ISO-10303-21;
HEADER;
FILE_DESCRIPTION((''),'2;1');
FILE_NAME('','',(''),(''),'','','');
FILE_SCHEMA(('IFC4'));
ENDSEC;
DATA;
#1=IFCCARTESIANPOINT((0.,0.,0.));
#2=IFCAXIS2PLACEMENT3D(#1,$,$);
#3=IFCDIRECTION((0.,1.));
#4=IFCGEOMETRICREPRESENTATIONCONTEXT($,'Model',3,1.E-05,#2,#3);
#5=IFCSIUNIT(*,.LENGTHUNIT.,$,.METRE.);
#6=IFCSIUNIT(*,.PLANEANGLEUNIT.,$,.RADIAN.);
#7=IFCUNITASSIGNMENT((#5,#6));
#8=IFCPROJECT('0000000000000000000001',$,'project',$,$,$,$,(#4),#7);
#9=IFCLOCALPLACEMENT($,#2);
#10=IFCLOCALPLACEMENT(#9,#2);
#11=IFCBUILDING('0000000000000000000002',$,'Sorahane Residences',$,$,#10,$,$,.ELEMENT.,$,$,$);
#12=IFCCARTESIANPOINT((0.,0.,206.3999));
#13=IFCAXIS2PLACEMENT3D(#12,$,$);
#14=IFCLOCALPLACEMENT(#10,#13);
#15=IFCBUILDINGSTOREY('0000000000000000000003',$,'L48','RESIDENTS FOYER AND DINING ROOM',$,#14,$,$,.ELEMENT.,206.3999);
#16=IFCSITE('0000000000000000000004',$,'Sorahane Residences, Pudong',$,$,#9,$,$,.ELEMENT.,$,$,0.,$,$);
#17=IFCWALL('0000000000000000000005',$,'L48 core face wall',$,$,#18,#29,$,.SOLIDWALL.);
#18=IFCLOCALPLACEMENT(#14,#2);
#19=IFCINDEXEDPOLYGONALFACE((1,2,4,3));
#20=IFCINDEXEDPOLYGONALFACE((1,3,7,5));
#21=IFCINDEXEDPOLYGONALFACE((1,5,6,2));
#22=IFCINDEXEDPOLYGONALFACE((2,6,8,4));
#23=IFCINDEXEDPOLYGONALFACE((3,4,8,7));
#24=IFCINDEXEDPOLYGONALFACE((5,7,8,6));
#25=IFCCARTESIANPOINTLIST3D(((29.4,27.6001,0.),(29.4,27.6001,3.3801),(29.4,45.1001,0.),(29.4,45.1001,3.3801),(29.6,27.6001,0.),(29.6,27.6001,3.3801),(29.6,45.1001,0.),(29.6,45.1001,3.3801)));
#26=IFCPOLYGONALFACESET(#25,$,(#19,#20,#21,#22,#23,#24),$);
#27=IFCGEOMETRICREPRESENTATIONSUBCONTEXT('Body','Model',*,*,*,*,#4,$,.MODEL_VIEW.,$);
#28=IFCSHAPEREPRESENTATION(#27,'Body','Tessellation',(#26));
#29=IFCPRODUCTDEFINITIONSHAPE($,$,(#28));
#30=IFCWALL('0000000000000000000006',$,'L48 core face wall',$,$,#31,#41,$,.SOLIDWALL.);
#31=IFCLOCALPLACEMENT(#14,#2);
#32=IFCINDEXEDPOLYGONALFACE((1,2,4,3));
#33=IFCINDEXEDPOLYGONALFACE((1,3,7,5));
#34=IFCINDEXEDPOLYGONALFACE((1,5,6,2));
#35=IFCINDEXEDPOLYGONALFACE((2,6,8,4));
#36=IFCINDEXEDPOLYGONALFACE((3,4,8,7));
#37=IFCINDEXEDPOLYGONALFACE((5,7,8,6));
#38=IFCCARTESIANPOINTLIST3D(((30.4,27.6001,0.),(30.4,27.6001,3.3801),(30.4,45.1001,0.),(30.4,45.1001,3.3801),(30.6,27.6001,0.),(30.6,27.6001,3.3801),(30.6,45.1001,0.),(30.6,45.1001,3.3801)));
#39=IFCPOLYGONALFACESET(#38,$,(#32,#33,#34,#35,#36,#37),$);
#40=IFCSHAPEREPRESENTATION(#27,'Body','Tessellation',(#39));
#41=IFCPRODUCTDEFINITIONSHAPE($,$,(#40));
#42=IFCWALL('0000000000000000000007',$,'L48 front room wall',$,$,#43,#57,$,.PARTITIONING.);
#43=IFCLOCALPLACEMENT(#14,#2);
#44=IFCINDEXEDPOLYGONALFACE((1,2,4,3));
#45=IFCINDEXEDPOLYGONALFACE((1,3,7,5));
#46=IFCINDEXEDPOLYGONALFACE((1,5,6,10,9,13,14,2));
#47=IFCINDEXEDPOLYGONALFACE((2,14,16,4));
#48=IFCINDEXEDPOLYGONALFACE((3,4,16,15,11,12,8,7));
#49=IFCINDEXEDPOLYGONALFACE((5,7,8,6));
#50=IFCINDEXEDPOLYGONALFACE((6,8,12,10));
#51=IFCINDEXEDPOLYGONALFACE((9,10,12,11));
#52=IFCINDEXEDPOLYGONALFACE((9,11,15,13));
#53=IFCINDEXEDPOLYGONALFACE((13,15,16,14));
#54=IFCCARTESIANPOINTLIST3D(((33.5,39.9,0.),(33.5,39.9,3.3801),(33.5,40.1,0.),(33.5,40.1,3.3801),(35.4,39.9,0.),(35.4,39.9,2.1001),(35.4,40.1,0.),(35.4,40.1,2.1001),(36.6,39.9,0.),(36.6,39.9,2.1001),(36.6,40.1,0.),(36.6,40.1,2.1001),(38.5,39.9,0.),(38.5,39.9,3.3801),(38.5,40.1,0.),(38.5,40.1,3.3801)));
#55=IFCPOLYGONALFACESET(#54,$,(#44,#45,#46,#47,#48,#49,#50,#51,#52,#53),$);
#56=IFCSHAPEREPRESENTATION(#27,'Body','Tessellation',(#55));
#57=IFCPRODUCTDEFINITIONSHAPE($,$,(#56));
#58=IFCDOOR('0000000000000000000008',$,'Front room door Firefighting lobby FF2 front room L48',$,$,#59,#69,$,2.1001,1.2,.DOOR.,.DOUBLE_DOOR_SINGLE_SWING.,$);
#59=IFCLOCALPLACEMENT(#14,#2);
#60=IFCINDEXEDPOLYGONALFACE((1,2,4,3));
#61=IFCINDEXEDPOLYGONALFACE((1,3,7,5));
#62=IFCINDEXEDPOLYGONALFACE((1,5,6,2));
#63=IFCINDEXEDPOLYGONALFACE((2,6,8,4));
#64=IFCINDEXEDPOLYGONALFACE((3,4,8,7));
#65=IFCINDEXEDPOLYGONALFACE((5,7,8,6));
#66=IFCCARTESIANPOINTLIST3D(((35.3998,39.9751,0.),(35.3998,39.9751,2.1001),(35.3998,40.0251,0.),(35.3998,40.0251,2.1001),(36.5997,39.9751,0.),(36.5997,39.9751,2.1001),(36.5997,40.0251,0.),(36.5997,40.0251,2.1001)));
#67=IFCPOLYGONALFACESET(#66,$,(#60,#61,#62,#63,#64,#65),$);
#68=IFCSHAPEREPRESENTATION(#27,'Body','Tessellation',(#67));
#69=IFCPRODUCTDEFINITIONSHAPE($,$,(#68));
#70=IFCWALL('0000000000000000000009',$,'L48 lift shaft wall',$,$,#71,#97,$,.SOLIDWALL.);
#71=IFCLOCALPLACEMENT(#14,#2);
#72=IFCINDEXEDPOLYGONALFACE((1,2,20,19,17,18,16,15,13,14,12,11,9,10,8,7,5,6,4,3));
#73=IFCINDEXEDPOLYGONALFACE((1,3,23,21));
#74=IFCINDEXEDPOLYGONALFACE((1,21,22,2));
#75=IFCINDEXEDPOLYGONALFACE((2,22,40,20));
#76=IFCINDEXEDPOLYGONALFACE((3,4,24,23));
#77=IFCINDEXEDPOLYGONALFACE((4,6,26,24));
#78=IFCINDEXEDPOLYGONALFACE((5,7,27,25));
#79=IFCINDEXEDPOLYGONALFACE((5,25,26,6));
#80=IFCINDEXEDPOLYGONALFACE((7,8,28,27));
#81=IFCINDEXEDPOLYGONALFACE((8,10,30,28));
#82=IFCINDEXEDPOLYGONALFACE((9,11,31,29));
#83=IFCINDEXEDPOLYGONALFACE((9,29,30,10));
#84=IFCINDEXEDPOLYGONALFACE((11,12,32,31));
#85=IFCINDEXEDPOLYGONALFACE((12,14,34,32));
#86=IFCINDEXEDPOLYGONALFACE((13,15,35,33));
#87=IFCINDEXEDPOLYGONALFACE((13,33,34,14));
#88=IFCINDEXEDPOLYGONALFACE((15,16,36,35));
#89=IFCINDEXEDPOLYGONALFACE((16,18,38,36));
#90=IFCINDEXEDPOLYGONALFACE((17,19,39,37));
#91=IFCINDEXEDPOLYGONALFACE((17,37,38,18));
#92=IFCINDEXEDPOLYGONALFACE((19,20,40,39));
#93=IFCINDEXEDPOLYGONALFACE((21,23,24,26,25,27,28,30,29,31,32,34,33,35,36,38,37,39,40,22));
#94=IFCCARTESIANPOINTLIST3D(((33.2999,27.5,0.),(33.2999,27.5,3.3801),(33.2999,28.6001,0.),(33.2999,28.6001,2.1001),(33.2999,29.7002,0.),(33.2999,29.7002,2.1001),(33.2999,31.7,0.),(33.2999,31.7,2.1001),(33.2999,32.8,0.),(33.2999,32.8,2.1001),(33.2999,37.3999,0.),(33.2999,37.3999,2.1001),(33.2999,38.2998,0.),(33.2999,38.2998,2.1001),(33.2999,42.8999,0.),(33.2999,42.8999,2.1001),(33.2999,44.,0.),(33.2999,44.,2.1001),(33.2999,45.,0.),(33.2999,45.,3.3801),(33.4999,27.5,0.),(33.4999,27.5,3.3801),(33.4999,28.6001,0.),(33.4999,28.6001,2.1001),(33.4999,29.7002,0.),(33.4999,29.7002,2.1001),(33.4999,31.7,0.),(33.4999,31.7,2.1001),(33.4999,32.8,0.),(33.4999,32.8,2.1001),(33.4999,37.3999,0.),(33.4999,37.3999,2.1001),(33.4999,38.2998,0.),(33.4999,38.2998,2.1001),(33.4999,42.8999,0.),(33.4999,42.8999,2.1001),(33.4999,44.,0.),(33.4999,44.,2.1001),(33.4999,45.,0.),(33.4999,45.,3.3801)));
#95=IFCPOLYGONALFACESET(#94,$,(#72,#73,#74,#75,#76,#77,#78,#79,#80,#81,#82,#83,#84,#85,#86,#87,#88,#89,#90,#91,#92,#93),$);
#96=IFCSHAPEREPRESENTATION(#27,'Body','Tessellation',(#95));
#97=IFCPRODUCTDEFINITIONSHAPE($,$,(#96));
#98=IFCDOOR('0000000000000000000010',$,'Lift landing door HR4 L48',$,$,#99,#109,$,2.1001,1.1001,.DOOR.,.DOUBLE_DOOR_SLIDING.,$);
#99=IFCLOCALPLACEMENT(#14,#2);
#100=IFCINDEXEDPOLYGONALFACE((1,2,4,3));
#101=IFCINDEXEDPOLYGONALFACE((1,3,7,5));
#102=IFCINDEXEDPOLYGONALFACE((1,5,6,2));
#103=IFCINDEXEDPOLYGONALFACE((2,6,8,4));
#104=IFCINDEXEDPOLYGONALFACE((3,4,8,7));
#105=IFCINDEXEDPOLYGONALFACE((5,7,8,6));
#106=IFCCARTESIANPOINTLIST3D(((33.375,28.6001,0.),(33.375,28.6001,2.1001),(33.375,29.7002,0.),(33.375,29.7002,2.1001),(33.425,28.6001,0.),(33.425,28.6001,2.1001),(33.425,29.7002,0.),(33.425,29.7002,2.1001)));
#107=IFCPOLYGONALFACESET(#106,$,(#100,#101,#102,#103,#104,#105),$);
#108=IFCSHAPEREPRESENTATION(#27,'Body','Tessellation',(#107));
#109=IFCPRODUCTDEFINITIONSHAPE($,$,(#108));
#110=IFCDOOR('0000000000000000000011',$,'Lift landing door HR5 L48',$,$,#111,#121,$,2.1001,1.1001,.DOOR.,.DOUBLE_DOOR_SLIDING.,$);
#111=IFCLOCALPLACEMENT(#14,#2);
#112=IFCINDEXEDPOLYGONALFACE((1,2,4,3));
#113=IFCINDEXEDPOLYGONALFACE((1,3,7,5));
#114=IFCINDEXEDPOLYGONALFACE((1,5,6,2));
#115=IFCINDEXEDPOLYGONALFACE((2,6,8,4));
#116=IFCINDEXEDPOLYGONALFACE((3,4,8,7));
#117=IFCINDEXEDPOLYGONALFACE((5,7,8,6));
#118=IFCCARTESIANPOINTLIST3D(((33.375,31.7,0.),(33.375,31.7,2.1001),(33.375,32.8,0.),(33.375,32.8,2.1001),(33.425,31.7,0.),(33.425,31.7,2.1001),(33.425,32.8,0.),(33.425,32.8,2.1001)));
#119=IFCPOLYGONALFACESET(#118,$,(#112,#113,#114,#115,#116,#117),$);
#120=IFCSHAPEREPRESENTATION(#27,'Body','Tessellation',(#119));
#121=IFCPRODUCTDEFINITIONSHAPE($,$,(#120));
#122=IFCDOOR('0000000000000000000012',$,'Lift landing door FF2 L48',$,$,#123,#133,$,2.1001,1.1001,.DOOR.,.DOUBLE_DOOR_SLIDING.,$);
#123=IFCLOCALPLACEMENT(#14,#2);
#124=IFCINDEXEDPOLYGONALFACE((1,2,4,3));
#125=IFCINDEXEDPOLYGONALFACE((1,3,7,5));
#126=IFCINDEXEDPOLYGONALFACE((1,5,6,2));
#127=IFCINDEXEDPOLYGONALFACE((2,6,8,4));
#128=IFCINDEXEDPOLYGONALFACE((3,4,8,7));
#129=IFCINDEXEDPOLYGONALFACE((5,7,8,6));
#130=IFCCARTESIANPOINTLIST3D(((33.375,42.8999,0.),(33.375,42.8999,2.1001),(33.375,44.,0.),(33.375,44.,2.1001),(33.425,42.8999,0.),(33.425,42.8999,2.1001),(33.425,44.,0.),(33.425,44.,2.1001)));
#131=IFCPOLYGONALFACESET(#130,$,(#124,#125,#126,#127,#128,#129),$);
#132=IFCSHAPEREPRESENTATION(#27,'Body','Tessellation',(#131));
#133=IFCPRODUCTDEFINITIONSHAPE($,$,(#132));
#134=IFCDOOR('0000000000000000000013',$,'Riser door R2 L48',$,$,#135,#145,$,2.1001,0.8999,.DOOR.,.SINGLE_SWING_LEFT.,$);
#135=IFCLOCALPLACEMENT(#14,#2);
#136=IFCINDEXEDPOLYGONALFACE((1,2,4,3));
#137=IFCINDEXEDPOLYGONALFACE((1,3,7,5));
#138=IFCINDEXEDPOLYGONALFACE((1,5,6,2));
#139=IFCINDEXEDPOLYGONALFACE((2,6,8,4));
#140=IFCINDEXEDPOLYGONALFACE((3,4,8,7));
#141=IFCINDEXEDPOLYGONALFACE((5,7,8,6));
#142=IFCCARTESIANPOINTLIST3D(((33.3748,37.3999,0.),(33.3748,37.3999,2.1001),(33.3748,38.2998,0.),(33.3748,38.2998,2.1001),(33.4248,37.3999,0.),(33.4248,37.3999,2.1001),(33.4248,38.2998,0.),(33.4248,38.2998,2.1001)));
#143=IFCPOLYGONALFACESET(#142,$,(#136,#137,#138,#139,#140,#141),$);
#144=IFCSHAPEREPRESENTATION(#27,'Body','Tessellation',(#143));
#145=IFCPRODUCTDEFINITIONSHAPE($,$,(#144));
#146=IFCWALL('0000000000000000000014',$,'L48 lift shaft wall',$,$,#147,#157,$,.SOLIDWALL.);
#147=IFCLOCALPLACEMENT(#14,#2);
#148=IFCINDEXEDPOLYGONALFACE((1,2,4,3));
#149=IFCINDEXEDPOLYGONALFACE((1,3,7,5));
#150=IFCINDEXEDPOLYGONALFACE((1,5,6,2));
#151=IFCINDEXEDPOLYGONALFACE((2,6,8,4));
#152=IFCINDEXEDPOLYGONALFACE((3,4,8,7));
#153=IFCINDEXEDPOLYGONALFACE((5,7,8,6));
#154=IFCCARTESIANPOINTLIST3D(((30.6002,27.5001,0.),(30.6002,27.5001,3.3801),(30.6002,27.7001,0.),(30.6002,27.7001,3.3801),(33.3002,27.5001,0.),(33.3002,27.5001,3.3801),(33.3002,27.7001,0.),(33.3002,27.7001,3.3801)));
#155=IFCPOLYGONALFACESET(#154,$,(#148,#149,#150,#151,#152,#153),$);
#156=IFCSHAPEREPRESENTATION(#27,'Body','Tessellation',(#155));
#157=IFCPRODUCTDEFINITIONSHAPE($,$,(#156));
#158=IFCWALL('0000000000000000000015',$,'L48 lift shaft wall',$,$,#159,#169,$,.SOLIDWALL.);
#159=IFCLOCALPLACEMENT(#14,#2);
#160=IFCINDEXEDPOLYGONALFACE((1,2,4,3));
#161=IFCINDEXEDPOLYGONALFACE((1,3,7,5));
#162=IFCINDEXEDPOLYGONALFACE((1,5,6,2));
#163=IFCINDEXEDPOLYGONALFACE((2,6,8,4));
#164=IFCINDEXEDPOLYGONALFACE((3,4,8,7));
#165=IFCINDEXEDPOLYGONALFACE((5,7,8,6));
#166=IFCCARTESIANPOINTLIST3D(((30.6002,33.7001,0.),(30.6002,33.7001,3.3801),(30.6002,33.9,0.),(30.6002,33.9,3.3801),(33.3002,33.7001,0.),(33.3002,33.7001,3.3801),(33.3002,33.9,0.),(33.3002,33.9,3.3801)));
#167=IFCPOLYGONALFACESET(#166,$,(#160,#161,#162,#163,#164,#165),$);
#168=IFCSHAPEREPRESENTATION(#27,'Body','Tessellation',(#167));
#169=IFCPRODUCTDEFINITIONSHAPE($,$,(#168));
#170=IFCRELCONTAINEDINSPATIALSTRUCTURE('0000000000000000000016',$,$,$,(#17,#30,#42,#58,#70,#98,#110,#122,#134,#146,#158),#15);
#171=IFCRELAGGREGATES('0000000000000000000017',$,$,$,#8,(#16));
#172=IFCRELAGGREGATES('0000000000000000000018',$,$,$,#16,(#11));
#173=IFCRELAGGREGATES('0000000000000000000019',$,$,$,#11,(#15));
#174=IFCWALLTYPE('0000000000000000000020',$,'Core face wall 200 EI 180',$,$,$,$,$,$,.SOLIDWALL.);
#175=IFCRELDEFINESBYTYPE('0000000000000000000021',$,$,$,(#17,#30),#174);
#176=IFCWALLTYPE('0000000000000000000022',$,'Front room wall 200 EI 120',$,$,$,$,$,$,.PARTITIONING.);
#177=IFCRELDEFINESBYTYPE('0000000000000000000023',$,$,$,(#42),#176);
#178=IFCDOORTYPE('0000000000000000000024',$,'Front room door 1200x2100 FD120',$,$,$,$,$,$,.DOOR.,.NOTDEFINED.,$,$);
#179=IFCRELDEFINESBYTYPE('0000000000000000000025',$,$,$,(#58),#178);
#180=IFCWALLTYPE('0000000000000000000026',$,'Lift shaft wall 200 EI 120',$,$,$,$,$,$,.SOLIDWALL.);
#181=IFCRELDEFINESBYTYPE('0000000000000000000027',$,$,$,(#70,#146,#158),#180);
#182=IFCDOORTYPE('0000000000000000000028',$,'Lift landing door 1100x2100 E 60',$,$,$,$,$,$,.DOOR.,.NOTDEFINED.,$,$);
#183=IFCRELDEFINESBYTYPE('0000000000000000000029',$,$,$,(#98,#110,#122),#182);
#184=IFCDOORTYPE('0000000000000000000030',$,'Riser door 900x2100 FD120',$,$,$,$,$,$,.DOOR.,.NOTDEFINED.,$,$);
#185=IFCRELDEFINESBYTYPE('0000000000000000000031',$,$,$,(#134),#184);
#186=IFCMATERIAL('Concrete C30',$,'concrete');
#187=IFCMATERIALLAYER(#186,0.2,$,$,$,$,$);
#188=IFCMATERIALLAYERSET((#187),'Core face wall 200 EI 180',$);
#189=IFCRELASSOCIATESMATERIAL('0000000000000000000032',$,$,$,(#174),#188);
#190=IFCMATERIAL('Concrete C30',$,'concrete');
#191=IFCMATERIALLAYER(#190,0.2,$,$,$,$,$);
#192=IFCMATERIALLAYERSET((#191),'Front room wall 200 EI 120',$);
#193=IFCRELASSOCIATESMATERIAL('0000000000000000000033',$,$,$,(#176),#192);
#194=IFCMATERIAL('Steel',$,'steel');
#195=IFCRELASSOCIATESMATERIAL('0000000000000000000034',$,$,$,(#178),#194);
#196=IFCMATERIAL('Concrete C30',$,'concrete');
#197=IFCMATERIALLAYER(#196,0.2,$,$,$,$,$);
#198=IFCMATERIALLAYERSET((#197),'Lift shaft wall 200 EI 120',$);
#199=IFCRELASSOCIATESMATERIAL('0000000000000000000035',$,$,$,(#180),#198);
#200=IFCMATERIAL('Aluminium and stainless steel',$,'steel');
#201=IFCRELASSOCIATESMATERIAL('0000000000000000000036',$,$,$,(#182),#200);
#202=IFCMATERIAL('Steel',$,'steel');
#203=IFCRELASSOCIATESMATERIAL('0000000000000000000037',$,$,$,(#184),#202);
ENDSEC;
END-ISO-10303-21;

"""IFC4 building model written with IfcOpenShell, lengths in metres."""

from ifc_helpers import new_model, si_unit, direction, frame, frame_2d, origin, place, context, subcontext, project, spatial, rectangle, extrude, material, layer, layer_set, type_object, element, fill, save


model = new_model("IFC4")

# Units and contexts
model_context = context("Model", 3, precision=1e-05, world=origin(), true_north=direction((0.0, 1.0)))
body_context = subcontext(model_context, "Body", "Model", "MODEL_VIEW")
ifc_project = project(units=[si_unit("LENGTHUNIT", "METRE"), si_unit("PLANEANGLEUNIT", "RADIAN")], contexts=[model_context])

# Site, building, storey
site_placement = place(None, origin())
site = spatial("IfcSite", under=ifc_project, at=site_placement, Name="Sorahane Residences, Pudong", CompositionType="ELEMENT", RefElevation=0.0)
building_placement = place(site_placement, origin())
building = spatial("IfcBuilding", under=site, at=building_placement, Name="Sorahane Residences", CompositionType="ELEMENT")
storey_placement = place(building_placement, frame((0.0, 0.0, 206.3999)))
storey = spatial("IfcBuildingStorey", under=building, at=storey_placement, Name="L48", Description="RESIDENTS FOYER AND DINING ROOM", CompositionType="ELEMENT", Elevation=206.3999)

# Walls
ifc_material_1 = material(Name="Concrete C30", Category="concrete")
ifc_layer_1 = layer(ifc_material_1, 0.2)
ifc_layer_set_1 = layer_set([ifc_layer_1], Name="Core face wall 200 EI 180")
wall_type_1 = type_object("IfcWallType", Name="Core face wall 200 EI 180", PredefinedType="SOLIDWALL", material=ifc_layer_set_1)
for number, where, z_axis, x_axis, name in (
    (1, (29.5, 27.6001, 0.0), (0.0, 0.0, 1.0), (0.0, 1.0, 0.0), "L48 core face wall"),
    (2, (30.5, 27.6001, 0.0), (0.0, 0.0, 1.0), (0.0, 1.0, 0.0), "L48 core face wall"),
):
    element("IfcWall", number, at=place(storey_placement, frame(where, z_axis=z_axis, x_axis=x_axis)), inside=storey, type_object=wall_type_1, Name=name, PredefinedType="SOLIDWALL", context=body_context, shape_type="SweptSolid", body=[
        extrude(rectangle(XDim=17.5, YDim=0.2, at=frame_2d((8.75, 0.0))), origin(), (0.0, 0.0, 1.0), 3.3801),
    ])

# Wall, opening, door
ifc_material_2 = material(Name="Concrete C30", Category="concrete")
ifc_layer_2 = layer(ifc_material_2, 0.2)
ifc_layer_set_2 = layer_set([ifc_layer_2], Name="Front room wall 200 EI 120")
wall_type_2 = type_object("IfcWallType", Name="Front room wall 200 EI 120", PredefinedType="PARTITIONING", material=ifc_layer_set_2)
wall_1_placement = place(storey_placement, frame((33.5, 40.0, 0.0), z_axis=(0.0, 0.0, 1.0), x_axis=(1.0, 0.0, 0.0)))
wall_1 = element("IfcWall", 3, at=wall_1_placement, inside=storey, type_object=wall_type_2, Name="L48 front room wall", PredefinedType="PARTITIONING", context=body_context, shape_type="SweptSolid", body=[
    extrude(rectangle(XDim=5.0, YDim=0.2, at=frame_2d((2.5, 0.0))), origin(), (0.0, 0.0, 1.0), 3.3801),
])
opening_1_placement = place(wall_1_placement, frame((1.8999, 0.0, 0.0)))
opening_1 = element("IfcOpeningElement", 4, at=opening_1_placement, cuts=wall_1, PredefinedType="OPENING", context=body_context, shape_type="SweptSolid", body=[
    extrude(rectangle(XDim=1.2, YDim=2.1001, at=frame_2d((0.6001, 1.05))), frame((0.0, 0.1099, 0.0), z_axis=(0.0, -1.0, 0.0), x_axis=(1.0, 0.0, 0.0)), (0.0, 0.0, 1.0), 0.22),
])
ifc_material_3 = material(Name="Steel", Category="steel")
door_type_1 = type_object("IfcDoorType", Name="Front room door 1200x2100 FD120", OperationType="NOTDEFINED", PredefinedType="DOOR", material=ifc_material_3)
door_1_placement = place(opening_1_placement, frame((1.2, 0.0, 0.0), z_axis=(0.0, 0.0, 1.0), x_axis=(-1.0, 0.0, 0.0)))
door_1 = element("IfcDoor", 5, at=door_1_placement, inside=storey, type_object=door_type_1, Name="Front room door Firefighting lobby FF2 front room L48", OperationType="DOUBLE_DOOR_SINGLE_SWING", OverallHeight=2.1001, OverallWidth=1.2, PredefinedType="DOOR", context=body_context, shape_type="SweptSolid", body=[
    extrude(rectangle(XDim=1.2, YDim=2.1001, at=frame_2d((0.6001, 1.05))), frame((0.0, 0.0249, 0.0), z_axis=(0.0, -1.0, 0.0), x_axis=(1.0, 0.0, 0.0)), (0.0, 0.0, 1.0), 0.05),
])
fill(opening_1, door_1)

# Wall, openings, doors
ifc_material_4 = material(Name="Concrete C30", Category="concrete")
ifc_layer_3 = layer(ifc_material_4, 0.2)
ifc_layer_set_3 = layer_set([ifc_layer_3], Name="Lift shaft wall 200 EI 120")
wall_type_3 = type_object("IfcWallType", Name="Lift shaft wall 200 EI 120", PredefinedType="SOLIDWALL", material=ifc_layer_set_3)
wall_2_placement = place(storey_placement, frame((33.3999, 27.5, 0.0), z_axis=(0.0, 0.0, 1.0), x_axis=(0.0, 1.0, 0.0)))
wall_2 = element("IfcWall", 6, at=wall_2_placement, inside=storey, type_object=wall_type_3, Name="L48 lift shaft wall", PredefinedType="SOLIDWALL", context=body_context, shape_type="SweptSolid", body=[
    extrude(rectangle(XDim=17.5, YDim=0.2, at=frame_2d((8.75, 0.0))), origin(), (0.0, 0.0, 1.0), 3.3801),
])
opening_2_placement = place(wall_2_placement, frame((1.1001, 0.0, 0.0)))
opening_2 = element("IfcOpeningElement", 7, at=opening_2_placement, cuts=wall_2, PredefinedType="OPENING", context=body_context, shape_type="SweptSolid", body=[
    extrude(rectangle(XDim=1.1001, YDim=2.1001, at=frame_2d((0.55, 1.05))), frame((0.0, 0.1099, 0.0), z_axis=(0.0, -1.0, 0.0), x_axis=(1.0, 0.0, 0.0)), (0.0, 0.0, 1.0), 0.22),
])
opening_3_placement = place(wall_2_placement, frame((4.2, 0.0, 0.0)))
opening_3 = element("IfcOpeningElement", 8, at=opening_3_placement, cuts=wall_2, PredefinedType="OPENING", context=body_context, shape_type="SweptSolid", body=[
    extrude(rectangle(XDim=1.1001, YDim=2.1001, at=frame_2d((0.55, 1.05))), frame((0.0, 0.1099, 0.0), z_axis=(0.0, -1.0, 0.0), x_axis=(1.0, 0.0, 0.0)), (0.0, 0.0, 1.0), 0.22),
])
opening_4_placement = place(wall_2_placement, frame((15.3999, 0.0, 0.0)))
opening_4 = element("IfcOpeningElement", 9, at=opening_4_placement, cuts=wall_2, PredefinedType="OPENING", context=body_context, shape_type="SweptSolid", body=[
    extrude(rectangle(XDim=1.1001, YDim=2.1001, at=frame_2d((0.55, 1.05))), frame((0.0, 0.1099, 0.0), z_axis=(0.0, -1.0, 0.0), x_axis=(1.0, 0.0, 0.0)), (0.0, 0.0, 1.0), 0.22),
])
opening_5_placement = place(wall_2_placement, frame((9.8999, 0.0, 0.0)))
opening_5 = element("IfcOpeningElement", 10, at=opening_5_placement, cuts=wall_2, PredefinedType="OPENING", context=body_context, shape_type="SweptSolid", body=[
    extrude(rectangle(XDim=0.8999, YDim=2.1001, at=frame_2d((0.45, 1.05))), frame((0.0, 0.1099, 0.0), z_axis=(0.0, -1.0, 0.0), x_axis=(1.0, 0.0, 0.0)), (0.0, 0.0, 1.0), 0.22),
])
ifc_material_5 = material(Name="Aluminium and stainless steel", Category="steel")
door_type_2 = type_object("IfcDoorType", Name="Lift landing door 1100x2100 E 60", OperationType="NOTDEFINED", PredefinedType="DOOR", material=ifc_material_5)
door_2_placement = place(opening_2_placement, origin())
door_2 = element("IfcDoor", 11, at=door_2_placement, inside=storey, type_object=door_type_2, Name="Lift landing door HR4 L48", OperationType="DOUBLE_DOOR_SLIDING", OverallHeight=2.1001, OverallWidth=1.1001, PredefinedType="DOOR", context=body_context, shape_type="SweptSolid", body=[
    extrude(rectangle(XDim=1.1001, YDim=2.1001, at=frame_2d((0.55, 1.05))), frame((0.0, 0.0249, 0.0), z_axis=(0.0, -1.0, 0.0), x_axis=(1.0, 0.0, 0.0)), (0.0, 0.0, 1.0), 0.05),
])
fill(opening_2, door_2)
door_3_placement = place(opening_3_placement, origin())
door_3 = element("IfcDoor", 12, at=door_3_placement, inside=storey, type_object=door_type_2, Name="Lift landing door HR5 L48", OperationType="DOUBLE_DOOR_SLIDING", OverallHeight=2.1001, OverallWidth=1.1001, PredefinedType="DOOR", context=body_context, shape_type="SweptSolid", body=[
    extrude(rectangle(XDim=1.1001, YDim=2.1001, at=frame_2d((0.55, 1.05))), frame((0.0, 0.0249, 0.0), z_axis=(0.0, -1.0, 0.0), x_axis=(1.0, 0.0, 0.0)), (0.0, 0.0, 1.0), 0.05),
])
fill(opening_3, door_3)
door_4_placement = place(opening_4_placement, origin())
door_4 = element("IfcDoor", 13, at=door_4_placement, inside=storey, type_object=door_type_2, Name="Lift landing door FF2 L48", OperationType="DOUBLE_DOOR_SLIDING", OverallHeight=2.1001, OverallWidth=1.1001, PredefinedType="DOOR", context=body_context, shape_type="SweptSolid", body=[
    extrude(rectangle(XDim=1.1001, YDim=2.1001, at=frame_2d((0.55, 1.05))), frame((0.0, 0.0249, 0.0), z_axis=(0.0, -1.0, 0.0), x_axis=(1.0, 0.0, 0.0)), (0.0, 0.0, 1.0), 0.05),
])
fill(opening_4, door_4)
ifc_material_6 = material(Name="Steel", Category="steel")
door_type_3 = type_object("IfcDoorType", Name="Riser door 900x2100 FD120", OperationType="NOTDEFINED", PredefinedType="DOOR", material=ifc_material_6)
door_5_placement = place(opening_5_placement, frame((0.8999, 0.0, 0.0), z_axis=(0.0, 0.0, 1.0), x_axis=(-1.0, 0.0, 0.0)))
door_5 = element("IfcDoor", 14, at=door_5_placement, inside=storey, type_object=door_type_3, Name="Riser door R2 L48", OperationType="SINGLE_SWING_LEFT", OverallHeight=2.1001, OverallWidth=0.8999, PredefinedType="DOOR", context=body_context, shape_type="SweptSolid", body=[
    extrude(rectangle(XDim=0.8999, YDim=2.1001, at=frame_2d((0.45, 1.05))), frame((0.0, 0.0249, 0.0), z_axis=(0.0, -1.0, 0.0), x_axis=(1.0, 0.0, 0.0)), (0.0, 0.0, 1.0), 0.05),
])
fill(opening_5, door_5)

# Walls
for number, where, z_axis, x_axis, name in (
    (15, (30.6001, 27.6001, 0.0), (0.0, 0.0, 1.0), (1.0, 0.0, 0.0), "L48 lift shaft wall"),
    (16, (30.6001, 33.8, 0.0), (0.0, 0.0, 1.0), (1.0, 0.0, 0.0), "L48 lift shaft wall"),
):
    element("IfcWall", number, at=place(storey_placement, frame(where, z_axis=z_axis, x_axis=x_axis)), inside=storey, type_object=wall_type_3, Name=name, PredefinedType="SOLIDWALL", context=body_context, shape_type="SweptSolid", body=[
        extrude(rectangle(XDim=2.7, YDim=0.2, at=frame_2d((1.3501, 0.0))), origin(), (0.0, 0.0, 1.0), 3.3801),
    ])

save(model, "model.ifc")
